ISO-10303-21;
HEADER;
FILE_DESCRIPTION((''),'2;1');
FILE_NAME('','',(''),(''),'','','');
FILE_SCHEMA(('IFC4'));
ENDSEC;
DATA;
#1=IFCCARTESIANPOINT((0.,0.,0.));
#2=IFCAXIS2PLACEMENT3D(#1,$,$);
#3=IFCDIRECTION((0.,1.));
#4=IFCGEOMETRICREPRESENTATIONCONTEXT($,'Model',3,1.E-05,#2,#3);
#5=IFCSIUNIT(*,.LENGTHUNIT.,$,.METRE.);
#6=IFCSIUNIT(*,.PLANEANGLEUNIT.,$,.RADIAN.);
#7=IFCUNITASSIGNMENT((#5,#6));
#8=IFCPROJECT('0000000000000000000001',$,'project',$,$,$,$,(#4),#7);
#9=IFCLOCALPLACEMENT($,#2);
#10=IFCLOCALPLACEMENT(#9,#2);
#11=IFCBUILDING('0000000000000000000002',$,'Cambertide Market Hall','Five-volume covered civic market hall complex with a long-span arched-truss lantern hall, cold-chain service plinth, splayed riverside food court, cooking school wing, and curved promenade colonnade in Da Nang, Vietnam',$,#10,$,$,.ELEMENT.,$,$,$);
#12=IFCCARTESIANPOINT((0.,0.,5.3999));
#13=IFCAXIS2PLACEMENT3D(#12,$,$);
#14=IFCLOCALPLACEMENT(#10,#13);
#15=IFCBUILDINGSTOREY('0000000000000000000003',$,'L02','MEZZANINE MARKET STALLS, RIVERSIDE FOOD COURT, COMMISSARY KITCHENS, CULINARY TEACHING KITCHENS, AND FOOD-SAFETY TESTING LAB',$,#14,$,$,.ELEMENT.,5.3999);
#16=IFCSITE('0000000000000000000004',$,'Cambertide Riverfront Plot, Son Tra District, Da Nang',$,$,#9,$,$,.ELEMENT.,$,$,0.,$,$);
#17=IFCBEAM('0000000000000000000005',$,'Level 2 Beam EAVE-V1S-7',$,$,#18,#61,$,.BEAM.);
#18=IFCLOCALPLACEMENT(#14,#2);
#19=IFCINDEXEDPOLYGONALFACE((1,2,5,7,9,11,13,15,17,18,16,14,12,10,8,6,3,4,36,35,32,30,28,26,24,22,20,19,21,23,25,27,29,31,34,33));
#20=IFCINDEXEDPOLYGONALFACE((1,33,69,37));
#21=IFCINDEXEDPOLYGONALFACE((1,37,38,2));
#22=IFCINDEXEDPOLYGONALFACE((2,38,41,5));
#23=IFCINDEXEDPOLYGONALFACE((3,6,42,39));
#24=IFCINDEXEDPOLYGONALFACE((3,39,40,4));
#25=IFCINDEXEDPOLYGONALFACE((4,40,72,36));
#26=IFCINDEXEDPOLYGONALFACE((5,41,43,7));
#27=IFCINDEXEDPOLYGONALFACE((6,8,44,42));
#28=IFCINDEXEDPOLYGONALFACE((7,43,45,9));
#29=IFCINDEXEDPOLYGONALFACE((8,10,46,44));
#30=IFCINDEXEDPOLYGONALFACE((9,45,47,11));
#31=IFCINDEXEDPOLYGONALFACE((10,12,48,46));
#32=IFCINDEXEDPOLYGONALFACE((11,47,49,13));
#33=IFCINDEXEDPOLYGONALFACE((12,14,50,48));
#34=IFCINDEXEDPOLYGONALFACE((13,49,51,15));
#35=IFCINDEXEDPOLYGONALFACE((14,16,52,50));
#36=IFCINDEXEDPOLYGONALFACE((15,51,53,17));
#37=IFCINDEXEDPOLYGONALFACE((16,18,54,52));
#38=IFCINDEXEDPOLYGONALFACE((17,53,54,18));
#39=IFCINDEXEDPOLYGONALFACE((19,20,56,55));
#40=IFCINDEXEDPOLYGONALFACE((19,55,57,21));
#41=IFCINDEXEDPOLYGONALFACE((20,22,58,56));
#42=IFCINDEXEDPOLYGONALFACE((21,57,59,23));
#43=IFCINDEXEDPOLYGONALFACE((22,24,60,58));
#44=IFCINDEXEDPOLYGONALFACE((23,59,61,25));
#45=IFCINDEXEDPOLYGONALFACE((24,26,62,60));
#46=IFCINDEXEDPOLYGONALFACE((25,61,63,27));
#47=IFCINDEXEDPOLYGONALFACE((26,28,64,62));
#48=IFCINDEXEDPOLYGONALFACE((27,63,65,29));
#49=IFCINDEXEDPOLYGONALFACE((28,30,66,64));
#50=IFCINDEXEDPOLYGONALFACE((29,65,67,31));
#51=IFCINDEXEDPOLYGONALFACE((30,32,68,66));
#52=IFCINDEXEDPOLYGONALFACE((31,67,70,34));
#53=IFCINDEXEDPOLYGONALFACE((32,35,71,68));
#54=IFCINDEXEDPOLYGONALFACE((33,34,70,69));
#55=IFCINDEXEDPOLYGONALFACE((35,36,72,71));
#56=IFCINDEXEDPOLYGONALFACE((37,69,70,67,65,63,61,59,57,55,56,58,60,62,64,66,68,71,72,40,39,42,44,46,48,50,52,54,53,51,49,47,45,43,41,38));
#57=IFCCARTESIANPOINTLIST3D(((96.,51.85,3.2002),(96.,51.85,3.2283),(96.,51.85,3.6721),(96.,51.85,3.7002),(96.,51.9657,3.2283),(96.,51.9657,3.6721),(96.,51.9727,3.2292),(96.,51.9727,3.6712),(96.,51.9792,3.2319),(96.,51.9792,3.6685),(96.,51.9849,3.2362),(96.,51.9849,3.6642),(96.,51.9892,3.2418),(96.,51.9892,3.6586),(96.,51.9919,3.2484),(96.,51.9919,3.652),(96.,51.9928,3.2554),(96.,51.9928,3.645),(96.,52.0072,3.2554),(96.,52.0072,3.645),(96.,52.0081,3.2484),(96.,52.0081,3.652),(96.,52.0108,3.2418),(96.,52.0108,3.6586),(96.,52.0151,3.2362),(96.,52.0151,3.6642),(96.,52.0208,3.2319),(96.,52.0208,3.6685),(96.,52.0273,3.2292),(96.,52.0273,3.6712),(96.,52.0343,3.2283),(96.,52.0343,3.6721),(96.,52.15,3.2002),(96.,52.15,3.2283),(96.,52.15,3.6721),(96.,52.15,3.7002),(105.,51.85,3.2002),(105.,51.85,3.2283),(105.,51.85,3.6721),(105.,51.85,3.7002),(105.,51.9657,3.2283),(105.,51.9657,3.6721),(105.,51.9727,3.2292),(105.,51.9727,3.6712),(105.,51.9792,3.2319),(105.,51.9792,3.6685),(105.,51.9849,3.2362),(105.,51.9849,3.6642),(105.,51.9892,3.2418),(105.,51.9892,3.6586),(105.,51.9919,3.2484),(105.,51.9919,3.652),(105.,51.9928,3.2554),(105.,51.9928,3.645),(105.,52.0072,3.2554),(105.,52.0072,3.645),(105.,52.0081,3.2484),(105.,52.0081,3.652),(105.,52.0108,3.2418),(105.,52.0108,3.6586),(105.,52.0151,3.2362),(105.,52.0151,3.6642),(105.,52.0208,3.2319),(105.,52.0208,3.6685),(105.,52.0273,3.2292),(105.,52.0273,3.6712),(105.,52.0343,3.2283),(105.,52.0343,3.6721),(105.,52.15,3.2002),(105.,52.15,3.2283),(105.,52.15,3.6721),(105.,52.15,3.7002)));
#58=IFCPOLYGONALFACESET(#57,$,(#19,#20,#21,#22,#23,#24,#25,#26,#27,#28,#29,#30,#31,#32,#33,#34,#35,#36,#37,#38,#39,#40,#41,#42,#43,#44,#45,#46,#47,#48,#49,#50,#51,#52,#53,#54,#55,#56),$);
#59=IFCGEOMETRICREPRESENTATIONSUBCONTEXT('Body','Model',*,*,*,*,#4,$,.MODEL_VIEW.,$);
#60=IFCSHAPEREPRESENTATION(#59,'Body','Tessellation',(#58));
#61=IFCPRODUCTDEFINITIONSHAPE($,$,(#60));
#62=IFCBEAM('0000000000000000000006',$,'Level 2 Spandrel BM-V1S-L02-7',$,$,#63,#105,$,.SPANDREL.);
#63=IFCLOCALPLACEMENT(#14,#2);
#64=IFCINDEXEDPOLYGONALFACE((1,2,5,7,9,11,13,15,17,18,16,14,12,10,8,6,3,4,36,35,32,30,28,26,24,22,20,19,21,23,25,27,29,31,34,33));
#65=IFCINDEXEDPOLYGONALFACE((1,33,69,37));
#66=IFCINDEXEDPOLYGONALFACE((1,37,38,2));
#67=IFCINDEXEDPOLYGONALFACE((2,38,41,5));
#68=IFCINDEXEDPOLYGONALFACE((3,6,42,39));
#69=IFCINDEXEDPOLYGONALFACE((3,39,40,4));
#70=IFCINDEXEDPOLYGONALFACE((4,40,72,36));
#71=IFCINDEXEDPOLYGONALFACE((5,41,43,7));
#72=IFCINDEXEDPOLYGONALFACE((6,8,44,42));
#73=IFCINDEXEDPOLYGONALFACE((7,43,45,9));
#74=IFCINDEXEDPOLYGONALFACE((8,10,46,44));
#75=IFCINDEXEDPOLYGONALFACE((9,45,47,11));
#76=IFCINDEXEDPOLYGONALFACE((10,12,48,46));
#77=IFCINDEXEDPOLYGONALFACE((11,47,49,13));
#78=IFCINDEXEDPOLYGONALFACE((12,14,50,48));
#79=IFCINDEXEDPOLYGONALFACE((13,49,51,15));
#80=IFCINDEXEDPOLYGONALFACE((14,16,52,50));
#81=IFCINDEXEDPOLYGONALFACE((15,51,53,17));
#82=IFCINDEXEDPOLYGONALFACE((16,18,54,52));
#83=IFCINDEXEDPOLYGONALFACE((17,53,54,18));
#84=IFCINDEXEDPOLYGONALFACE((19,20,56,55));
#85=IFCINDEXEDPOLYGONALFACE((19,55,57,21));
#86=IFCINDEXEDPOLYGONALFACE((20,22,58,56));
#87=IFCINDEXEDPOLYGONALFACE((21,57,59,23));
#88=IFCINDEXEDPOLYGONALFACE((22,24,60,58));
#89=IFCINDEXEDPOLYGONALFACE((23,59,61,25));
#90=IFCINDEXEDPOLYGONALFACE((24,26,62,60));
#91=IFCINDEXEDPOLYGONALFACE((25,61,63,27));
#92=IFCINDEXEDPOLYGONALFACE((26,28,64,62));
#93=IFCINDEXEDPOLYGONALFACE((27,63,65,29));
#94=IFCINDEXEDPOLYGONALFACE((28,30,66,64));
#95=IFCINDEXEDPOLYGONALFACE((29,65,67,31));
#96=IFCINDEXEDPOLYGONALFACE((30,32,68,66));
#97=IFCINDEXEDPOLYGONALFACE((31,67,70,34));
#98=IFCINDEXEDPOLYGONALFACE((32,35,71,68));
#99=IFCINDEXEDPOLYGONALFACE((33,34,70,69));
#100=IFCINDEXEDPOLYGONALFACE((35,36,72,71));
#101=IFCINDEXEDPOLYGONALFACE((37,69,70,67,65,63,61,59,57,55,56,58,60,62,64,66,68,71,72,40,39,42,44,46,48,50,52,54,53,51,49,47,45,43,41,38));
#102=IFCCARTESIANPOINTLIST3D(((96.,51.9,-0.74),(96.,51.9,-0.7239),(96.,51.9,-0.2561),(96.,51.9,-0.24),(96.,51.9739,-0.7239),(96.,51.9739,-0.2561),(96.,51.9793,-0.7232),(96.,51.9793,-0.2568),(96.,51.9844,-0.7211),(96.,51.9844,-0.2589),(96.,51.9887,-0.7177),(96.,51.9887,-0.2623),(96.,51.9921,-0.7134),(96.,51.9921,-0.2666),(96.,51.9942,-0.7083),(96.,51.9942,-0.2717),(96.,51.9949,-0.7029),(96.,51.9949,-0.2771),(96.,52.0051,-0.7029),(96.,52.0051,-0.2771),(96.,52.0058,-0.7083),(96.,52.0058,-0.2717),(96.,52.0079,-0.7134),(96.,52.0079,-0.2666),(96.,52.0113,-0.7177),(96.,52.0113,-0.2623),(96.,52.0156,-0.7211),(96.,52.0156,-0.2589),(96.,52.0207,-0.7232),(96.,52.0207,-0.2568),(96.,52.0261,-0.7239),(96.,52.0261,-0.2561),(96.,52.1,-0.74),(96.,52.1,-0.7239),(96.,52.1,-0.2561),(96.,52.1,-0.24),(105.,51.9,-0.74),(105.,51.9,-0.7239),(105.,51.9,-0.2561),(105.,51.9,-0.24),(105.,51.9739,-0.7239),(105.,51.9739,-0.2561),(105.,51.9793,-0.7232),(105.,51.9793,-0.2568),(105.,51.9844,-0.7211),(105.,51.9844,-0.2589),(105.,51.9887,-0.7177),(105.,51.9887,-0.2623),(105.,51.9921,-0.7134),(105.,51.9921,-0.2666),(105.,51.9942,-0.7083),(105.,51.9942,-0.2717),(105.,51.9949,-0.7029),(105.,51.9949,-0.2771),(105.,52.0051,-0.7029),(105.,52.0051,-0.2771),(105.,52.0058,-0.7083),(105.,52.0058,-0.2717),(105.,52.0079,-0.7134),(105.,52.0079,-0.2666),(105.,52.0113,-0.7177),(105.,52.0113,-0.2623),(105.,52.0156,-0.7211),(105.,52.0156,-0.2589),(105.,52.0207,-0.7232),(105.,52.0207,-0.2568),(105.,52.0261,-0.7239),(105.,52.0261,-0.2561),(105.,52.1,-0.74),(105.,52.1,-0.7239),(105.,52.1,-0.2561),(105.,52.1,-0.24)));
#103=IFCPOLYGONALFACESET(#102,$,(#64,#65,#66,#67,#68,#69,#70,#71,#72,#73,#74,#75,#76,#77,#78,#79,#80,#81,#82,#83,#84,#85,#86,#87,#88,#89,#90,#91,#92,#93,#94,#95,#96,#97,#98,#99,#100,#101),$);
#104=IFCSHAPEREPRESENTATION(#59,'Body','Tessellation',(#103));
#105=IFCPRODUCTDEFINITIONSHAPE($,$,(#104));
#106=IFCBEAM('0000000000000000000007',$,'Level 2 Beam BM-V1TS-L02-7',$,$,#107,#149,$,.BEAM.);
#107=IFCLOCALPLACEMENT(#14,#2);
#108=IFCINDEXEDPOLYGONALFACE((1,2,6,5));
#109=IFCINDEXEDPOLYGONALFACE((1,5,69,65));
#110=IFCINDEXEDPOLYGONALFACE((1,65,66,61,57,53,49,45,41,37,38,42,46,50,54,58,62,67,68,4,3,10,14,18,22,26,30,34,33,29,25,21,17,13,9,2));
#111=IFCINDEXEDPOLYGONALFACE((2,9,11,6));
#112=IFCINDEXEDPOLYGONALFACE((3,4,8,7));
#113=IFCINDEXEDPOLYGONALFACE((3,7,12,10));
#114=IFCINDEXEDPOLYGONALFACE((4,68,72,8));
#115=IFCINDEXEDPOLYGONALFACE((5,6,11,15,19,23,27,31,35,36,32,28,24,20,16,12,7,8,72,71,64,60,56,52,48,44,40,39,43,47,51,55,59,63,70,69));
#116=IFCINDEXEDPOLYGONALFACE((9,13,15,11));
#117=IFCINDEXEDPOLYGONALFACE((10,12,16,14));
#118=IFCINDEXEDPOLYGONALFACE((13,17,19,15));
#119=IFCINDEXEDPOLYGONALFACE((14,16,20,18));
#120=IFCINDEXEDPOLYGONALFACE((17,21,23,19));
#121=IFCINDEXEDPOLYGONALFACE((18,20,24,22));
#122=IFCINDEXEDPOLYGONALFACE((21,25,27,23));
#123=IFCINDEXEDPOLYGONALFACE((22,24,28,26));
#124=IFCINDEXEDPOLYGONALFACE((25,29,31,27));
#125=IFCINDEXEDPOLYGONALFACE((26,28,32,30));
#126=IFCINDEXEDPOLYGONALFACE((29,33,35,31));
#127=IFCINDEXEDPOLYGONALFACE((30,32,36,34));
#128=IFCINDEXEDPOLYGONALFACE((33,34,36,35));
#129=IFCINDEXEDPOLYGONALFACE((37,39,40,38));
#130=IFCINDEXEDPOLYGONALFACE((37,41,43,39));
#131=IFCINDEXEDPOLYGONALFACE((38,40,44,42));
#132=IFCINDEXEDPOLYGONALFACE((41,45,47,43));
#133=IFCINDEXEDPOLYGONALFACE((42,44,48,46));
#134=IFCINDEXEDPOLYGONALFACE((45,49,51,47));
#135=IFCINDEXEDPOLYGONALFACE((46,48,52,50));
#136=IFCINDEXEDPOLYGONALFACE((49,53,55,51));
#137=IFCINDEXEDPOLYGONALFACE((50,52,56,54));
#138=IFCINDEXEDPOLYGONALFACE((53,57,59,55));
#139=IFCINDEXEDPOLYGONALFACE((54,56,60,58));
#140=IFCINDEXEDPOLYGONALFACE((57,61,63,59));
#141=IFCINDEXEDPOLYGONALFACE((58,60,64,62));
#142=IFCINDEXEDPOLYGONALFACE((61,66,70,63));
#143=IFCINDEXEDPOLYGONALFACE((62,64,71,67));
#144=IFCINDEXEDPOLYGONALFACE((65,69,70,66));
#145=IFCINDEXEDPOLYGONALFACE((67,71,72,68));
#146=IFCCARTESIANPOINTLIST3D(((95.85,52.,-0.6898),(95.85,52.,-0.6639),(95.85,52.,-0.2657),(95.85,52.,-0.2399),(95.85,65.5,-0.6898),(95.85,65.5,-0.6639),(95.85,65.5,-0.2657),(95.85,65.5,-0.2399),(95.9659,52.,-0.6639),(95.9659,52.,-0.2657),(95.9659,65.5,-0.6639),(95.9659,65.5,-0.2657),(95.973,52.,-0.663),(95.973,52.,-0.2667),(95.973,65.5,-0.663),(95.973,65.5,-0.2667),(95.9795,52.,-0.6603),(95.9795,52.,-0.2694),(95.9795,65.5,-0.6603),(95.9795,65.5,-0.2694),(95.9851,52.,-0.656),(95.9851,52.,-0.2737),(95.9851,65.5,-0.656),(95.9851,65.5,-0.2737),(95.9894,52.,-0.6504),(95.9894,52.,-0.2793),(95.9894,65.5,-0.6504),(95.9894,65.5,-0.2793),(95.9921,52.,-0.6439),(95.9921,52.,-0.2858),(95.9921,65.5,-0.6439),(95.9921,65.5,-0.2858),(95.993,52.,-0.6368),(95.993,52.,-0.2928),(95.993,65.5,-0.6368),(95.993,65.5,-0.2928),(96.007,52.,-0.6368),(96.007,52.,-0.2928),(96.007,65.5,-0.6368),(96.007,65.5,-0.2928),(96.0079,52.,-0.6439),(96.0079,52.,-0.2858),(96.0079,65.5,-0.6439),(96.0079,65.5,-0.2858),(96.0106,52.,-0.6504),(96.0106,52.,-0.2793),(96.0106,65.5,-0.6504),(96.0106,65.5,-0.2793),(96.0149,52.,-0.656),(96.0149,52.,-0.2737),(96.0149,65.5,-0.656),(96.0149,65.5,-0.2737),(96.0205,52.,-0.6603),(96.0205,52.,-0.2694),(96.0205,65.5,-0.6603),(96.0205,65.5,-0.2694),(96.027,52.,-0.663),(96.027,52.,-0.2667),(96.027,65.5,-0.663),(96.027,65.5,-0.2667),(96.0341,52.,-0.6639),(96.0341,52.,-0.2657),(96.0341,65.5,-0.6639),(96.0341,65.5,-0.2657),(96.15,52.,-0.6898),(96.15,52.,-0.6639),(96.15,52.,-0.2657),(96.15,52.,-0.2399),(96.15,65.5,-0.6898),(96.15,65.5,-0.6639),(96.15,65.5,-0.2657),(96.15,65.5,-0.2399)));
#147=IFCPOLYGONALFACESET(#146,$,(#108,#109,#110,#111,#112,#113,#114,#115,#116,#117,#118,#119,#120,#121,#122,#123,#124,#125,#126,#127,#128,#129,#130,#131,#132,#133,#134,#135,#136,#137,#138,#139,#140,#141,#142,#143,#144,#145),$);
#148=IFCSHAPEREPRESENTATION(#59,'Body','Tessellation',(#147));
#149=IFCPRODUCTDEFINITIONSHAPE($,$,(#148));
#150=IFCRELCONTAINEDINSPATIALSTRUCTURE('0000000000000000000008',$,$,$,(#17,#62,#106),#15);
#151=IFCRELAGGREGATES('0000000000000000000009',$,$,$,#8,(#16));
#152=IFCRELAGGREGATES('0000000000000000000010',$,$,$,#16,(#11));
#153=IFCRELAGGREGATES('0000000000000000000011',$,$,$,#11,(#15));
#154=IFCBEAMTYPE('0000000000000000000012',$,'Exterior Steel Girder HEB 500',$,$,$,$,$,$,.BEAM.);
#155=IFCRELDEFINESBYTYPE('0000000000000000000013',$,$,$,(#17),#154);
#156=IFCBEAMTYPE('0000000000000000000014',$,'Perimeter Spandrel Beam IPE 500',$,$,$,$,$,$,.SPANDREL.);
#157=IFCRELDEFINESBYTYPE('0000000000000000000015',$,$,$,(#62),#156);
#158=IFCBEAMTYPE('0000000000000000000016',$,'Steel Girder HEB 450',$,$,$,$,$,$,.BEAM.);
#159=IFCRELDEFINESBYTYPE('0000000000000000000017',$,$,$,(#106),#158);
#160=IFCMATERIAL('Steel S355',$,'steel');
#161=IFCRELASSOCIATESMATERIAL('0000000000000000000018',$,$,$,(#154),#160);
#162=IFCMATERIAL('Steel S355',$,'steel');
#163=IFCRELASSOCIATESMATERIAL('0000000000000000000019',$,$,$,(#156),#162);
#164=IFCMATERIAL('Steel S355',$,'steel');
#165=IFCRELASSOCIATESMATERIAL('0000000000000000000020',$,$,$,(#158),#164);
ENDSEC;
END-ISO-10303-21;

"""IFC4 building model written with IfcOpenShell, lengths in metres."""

from ifc_helpers import new_model, si_unit, direction, frame, origin, origin_2d, place, context, subcontext, project, spatial, i_section, extrude, material, material_profile, profile_set, type_object, element, save


model = new_model("IFC4")

# Units and contexts
model_context = context("Model", 3, precision=1e-05, world=origin(), true_north=direction((0.0, 1.0)))
body_context = subcontext(model_context, "Body", "Model", "MODEL_VIEW")
ifc_project = project(units=[si_unit("LENGTHUNIT", "METRE"), si_unit("PLANEANGLEUNIT", "RADIAN")], contexts=[model_context])

# Site, building, storey
site_placement = place(None, origin())
site = spatial("IfcSite", under=ifc_project, at=site_placement, Name="Cambertide Riverfront Plot, Son Tra District, Da Nang", CompositionType="ELEMENT", RefElevation=0.0)
building_placement = place(site_placement, origin())
building = spatial("IfcBuilding", under=site, at=building_placement, Name="Cambertide Market Hall", Description="Five-volume covered civic market hall complex with a long-span arched-truss lantern hall, cold-chain service plinth, splayed riverside food court, cooking school wing, and curved promenade colonnade in Da Nang, Vietnam", CompositionType="ELEMENT")
storey_placement = place(building_placement, frame((0.0, 0.0, 5.3999)))
storey = spatial("IfcBuildingStorey", under=building, at=storey_placement, Name="L02", Description="MEZZANINE MARKET STALLS, RIVERSIDE FOOD COURT, COMMISSARY KITCHENS, CULINARY TEACHING KITCHENS, AND FOOD-SAFETY TESTING LAB", CompositionType="ELEMENT", Elevation=5.3999)

# Beams
ifc_material_1 = material(Name="Steel S355", Category="steel")
ifc_material_profile_1 = material_profile(ifc_material_1, i_section(OverallWidth=0.3, OverallDepth=0.5, WebThickness=0.0144, FlangeThickness=0.0281, FilletRadius=0.0271, at=origin_2d()), Name="HEB 500")
ifc_profile_set_1 = profile_set([ifc_material_profile_1], Name="Steel S355")
beam_type_1 = type_object("IfcBeamType", Name="Exterior Steel Girder HEB 500", PredefinedType="BEAM", material=ifc_profile_set_1)
beam_1_placement = place(storey_placement, frame((96.0, 52.0, 3.4502), z_axis=(1.0, 0.0, 0.0), x_axis=(0.0, 1.0, 0.0)))
element("IfcBeam", 1, at=beam_1_placement, inside=storey, type_object=beam_type_1, Name="Level 2 Beam EAVE-V1S-7", PredefinedType="BEAM", context=body_context, shape_type="SweptSolid", body=[
    extrude(i_section(OverallWidth=0.3, OverallDepth=0.5, WebThickness=0.0144, FlangeThickness=0.0281, FilletRadius=0.0271, at=origin_2d()), origin(), (0.0, 0.0, 1.0), 9.0),
])
ifc_material_2 = material(Name="Steel S355", Category="steel")
ifc_material_profile_2 = material_profile(ifc_material_2, i_section(OverallWidth=0.2, OverallDepth=0.5, WebThickness=0.0103, FlangeThickness=0.0161, FilletRadius=0.021, at=origin_2d()), Name="IPE 500")
ifc_profile_set_2 = profile_set([ifc_material_profile_2], Name="Steel S355")
beam_type_2 = type_object("IfcBeamType", Name="Perimeter Spandrel Beam IPE 500", PredefinedType="SPANDREL", material=ifc_profile_set_2)
beam_2_placement = place(storey_placement, frame((96.0, 52.0, -0.49), z_axis=(1.0, 0.0, 0.0), x_axis=(0.0, 1.0, 0.0)))
element("IfcBeam", 2, at=beam_2_placement, inside=storey, type_object=beam_type_2, Name="Level 2 Spandrel BM-V1S-L02-7", PredefinedType="SPANDREL", context=body_context, shape_type="SweptSolid", body=[
    extrude(i_section(OverallWidth=0.2, OverallDepth=0.5, WebThickness=0.0103, FlangeThickness=0.0161, FilletRadius=0.021, at=origin_2d()), origin(), (0.0, 0.0, 1.0), 9.0),
])
ifc_material_3 = material(Name="Steel S355", Category="steel")
ifc_material_profile_3 = material_profile(ifc_material_3, i_section(OverallWidth=0.3, OverallDepth=0.45, WebThickness=0.0139, FlangeThickness=0.0259, FilletRadius=0.0271, at=origin_2d()), Name="HEB 450")
ifc_profile_set_3 = profile_set([ifc_material_profile_3], Name="Steel S355")
beam_type_3 = type_object("IfcBeamType", Name="Steel Girder HEB 450", PredefinedType="BEAM", material=ifc_profile_set_3)
beam_3_placement = place(storey_placement, frame((96.0, 52.0, -0.4648), z_axis=(0.0, 1.0, 0.0), x_axis=(-1.0, 0.0, 0.0)))
element("IfcBeam", 3, at=beam_3_placement, inside=storey, type_object=beam_type_3, Name="Level 2 Beam BM-V1TS-L02-7", PredefinedType="BEAM", context=body_context, shape_type="SweptSolid", body=[
    extrude(i_section(OverallWidth=0.3, OverallDepth=0.45, WebThickness=0.0139, FlangeThickness=0.0259, FilletRadius=0.0271, at=origin_2d()), origin(), (0.0, 0.0, 1.0), 13.5),
])

save(model, "model.ifc")
